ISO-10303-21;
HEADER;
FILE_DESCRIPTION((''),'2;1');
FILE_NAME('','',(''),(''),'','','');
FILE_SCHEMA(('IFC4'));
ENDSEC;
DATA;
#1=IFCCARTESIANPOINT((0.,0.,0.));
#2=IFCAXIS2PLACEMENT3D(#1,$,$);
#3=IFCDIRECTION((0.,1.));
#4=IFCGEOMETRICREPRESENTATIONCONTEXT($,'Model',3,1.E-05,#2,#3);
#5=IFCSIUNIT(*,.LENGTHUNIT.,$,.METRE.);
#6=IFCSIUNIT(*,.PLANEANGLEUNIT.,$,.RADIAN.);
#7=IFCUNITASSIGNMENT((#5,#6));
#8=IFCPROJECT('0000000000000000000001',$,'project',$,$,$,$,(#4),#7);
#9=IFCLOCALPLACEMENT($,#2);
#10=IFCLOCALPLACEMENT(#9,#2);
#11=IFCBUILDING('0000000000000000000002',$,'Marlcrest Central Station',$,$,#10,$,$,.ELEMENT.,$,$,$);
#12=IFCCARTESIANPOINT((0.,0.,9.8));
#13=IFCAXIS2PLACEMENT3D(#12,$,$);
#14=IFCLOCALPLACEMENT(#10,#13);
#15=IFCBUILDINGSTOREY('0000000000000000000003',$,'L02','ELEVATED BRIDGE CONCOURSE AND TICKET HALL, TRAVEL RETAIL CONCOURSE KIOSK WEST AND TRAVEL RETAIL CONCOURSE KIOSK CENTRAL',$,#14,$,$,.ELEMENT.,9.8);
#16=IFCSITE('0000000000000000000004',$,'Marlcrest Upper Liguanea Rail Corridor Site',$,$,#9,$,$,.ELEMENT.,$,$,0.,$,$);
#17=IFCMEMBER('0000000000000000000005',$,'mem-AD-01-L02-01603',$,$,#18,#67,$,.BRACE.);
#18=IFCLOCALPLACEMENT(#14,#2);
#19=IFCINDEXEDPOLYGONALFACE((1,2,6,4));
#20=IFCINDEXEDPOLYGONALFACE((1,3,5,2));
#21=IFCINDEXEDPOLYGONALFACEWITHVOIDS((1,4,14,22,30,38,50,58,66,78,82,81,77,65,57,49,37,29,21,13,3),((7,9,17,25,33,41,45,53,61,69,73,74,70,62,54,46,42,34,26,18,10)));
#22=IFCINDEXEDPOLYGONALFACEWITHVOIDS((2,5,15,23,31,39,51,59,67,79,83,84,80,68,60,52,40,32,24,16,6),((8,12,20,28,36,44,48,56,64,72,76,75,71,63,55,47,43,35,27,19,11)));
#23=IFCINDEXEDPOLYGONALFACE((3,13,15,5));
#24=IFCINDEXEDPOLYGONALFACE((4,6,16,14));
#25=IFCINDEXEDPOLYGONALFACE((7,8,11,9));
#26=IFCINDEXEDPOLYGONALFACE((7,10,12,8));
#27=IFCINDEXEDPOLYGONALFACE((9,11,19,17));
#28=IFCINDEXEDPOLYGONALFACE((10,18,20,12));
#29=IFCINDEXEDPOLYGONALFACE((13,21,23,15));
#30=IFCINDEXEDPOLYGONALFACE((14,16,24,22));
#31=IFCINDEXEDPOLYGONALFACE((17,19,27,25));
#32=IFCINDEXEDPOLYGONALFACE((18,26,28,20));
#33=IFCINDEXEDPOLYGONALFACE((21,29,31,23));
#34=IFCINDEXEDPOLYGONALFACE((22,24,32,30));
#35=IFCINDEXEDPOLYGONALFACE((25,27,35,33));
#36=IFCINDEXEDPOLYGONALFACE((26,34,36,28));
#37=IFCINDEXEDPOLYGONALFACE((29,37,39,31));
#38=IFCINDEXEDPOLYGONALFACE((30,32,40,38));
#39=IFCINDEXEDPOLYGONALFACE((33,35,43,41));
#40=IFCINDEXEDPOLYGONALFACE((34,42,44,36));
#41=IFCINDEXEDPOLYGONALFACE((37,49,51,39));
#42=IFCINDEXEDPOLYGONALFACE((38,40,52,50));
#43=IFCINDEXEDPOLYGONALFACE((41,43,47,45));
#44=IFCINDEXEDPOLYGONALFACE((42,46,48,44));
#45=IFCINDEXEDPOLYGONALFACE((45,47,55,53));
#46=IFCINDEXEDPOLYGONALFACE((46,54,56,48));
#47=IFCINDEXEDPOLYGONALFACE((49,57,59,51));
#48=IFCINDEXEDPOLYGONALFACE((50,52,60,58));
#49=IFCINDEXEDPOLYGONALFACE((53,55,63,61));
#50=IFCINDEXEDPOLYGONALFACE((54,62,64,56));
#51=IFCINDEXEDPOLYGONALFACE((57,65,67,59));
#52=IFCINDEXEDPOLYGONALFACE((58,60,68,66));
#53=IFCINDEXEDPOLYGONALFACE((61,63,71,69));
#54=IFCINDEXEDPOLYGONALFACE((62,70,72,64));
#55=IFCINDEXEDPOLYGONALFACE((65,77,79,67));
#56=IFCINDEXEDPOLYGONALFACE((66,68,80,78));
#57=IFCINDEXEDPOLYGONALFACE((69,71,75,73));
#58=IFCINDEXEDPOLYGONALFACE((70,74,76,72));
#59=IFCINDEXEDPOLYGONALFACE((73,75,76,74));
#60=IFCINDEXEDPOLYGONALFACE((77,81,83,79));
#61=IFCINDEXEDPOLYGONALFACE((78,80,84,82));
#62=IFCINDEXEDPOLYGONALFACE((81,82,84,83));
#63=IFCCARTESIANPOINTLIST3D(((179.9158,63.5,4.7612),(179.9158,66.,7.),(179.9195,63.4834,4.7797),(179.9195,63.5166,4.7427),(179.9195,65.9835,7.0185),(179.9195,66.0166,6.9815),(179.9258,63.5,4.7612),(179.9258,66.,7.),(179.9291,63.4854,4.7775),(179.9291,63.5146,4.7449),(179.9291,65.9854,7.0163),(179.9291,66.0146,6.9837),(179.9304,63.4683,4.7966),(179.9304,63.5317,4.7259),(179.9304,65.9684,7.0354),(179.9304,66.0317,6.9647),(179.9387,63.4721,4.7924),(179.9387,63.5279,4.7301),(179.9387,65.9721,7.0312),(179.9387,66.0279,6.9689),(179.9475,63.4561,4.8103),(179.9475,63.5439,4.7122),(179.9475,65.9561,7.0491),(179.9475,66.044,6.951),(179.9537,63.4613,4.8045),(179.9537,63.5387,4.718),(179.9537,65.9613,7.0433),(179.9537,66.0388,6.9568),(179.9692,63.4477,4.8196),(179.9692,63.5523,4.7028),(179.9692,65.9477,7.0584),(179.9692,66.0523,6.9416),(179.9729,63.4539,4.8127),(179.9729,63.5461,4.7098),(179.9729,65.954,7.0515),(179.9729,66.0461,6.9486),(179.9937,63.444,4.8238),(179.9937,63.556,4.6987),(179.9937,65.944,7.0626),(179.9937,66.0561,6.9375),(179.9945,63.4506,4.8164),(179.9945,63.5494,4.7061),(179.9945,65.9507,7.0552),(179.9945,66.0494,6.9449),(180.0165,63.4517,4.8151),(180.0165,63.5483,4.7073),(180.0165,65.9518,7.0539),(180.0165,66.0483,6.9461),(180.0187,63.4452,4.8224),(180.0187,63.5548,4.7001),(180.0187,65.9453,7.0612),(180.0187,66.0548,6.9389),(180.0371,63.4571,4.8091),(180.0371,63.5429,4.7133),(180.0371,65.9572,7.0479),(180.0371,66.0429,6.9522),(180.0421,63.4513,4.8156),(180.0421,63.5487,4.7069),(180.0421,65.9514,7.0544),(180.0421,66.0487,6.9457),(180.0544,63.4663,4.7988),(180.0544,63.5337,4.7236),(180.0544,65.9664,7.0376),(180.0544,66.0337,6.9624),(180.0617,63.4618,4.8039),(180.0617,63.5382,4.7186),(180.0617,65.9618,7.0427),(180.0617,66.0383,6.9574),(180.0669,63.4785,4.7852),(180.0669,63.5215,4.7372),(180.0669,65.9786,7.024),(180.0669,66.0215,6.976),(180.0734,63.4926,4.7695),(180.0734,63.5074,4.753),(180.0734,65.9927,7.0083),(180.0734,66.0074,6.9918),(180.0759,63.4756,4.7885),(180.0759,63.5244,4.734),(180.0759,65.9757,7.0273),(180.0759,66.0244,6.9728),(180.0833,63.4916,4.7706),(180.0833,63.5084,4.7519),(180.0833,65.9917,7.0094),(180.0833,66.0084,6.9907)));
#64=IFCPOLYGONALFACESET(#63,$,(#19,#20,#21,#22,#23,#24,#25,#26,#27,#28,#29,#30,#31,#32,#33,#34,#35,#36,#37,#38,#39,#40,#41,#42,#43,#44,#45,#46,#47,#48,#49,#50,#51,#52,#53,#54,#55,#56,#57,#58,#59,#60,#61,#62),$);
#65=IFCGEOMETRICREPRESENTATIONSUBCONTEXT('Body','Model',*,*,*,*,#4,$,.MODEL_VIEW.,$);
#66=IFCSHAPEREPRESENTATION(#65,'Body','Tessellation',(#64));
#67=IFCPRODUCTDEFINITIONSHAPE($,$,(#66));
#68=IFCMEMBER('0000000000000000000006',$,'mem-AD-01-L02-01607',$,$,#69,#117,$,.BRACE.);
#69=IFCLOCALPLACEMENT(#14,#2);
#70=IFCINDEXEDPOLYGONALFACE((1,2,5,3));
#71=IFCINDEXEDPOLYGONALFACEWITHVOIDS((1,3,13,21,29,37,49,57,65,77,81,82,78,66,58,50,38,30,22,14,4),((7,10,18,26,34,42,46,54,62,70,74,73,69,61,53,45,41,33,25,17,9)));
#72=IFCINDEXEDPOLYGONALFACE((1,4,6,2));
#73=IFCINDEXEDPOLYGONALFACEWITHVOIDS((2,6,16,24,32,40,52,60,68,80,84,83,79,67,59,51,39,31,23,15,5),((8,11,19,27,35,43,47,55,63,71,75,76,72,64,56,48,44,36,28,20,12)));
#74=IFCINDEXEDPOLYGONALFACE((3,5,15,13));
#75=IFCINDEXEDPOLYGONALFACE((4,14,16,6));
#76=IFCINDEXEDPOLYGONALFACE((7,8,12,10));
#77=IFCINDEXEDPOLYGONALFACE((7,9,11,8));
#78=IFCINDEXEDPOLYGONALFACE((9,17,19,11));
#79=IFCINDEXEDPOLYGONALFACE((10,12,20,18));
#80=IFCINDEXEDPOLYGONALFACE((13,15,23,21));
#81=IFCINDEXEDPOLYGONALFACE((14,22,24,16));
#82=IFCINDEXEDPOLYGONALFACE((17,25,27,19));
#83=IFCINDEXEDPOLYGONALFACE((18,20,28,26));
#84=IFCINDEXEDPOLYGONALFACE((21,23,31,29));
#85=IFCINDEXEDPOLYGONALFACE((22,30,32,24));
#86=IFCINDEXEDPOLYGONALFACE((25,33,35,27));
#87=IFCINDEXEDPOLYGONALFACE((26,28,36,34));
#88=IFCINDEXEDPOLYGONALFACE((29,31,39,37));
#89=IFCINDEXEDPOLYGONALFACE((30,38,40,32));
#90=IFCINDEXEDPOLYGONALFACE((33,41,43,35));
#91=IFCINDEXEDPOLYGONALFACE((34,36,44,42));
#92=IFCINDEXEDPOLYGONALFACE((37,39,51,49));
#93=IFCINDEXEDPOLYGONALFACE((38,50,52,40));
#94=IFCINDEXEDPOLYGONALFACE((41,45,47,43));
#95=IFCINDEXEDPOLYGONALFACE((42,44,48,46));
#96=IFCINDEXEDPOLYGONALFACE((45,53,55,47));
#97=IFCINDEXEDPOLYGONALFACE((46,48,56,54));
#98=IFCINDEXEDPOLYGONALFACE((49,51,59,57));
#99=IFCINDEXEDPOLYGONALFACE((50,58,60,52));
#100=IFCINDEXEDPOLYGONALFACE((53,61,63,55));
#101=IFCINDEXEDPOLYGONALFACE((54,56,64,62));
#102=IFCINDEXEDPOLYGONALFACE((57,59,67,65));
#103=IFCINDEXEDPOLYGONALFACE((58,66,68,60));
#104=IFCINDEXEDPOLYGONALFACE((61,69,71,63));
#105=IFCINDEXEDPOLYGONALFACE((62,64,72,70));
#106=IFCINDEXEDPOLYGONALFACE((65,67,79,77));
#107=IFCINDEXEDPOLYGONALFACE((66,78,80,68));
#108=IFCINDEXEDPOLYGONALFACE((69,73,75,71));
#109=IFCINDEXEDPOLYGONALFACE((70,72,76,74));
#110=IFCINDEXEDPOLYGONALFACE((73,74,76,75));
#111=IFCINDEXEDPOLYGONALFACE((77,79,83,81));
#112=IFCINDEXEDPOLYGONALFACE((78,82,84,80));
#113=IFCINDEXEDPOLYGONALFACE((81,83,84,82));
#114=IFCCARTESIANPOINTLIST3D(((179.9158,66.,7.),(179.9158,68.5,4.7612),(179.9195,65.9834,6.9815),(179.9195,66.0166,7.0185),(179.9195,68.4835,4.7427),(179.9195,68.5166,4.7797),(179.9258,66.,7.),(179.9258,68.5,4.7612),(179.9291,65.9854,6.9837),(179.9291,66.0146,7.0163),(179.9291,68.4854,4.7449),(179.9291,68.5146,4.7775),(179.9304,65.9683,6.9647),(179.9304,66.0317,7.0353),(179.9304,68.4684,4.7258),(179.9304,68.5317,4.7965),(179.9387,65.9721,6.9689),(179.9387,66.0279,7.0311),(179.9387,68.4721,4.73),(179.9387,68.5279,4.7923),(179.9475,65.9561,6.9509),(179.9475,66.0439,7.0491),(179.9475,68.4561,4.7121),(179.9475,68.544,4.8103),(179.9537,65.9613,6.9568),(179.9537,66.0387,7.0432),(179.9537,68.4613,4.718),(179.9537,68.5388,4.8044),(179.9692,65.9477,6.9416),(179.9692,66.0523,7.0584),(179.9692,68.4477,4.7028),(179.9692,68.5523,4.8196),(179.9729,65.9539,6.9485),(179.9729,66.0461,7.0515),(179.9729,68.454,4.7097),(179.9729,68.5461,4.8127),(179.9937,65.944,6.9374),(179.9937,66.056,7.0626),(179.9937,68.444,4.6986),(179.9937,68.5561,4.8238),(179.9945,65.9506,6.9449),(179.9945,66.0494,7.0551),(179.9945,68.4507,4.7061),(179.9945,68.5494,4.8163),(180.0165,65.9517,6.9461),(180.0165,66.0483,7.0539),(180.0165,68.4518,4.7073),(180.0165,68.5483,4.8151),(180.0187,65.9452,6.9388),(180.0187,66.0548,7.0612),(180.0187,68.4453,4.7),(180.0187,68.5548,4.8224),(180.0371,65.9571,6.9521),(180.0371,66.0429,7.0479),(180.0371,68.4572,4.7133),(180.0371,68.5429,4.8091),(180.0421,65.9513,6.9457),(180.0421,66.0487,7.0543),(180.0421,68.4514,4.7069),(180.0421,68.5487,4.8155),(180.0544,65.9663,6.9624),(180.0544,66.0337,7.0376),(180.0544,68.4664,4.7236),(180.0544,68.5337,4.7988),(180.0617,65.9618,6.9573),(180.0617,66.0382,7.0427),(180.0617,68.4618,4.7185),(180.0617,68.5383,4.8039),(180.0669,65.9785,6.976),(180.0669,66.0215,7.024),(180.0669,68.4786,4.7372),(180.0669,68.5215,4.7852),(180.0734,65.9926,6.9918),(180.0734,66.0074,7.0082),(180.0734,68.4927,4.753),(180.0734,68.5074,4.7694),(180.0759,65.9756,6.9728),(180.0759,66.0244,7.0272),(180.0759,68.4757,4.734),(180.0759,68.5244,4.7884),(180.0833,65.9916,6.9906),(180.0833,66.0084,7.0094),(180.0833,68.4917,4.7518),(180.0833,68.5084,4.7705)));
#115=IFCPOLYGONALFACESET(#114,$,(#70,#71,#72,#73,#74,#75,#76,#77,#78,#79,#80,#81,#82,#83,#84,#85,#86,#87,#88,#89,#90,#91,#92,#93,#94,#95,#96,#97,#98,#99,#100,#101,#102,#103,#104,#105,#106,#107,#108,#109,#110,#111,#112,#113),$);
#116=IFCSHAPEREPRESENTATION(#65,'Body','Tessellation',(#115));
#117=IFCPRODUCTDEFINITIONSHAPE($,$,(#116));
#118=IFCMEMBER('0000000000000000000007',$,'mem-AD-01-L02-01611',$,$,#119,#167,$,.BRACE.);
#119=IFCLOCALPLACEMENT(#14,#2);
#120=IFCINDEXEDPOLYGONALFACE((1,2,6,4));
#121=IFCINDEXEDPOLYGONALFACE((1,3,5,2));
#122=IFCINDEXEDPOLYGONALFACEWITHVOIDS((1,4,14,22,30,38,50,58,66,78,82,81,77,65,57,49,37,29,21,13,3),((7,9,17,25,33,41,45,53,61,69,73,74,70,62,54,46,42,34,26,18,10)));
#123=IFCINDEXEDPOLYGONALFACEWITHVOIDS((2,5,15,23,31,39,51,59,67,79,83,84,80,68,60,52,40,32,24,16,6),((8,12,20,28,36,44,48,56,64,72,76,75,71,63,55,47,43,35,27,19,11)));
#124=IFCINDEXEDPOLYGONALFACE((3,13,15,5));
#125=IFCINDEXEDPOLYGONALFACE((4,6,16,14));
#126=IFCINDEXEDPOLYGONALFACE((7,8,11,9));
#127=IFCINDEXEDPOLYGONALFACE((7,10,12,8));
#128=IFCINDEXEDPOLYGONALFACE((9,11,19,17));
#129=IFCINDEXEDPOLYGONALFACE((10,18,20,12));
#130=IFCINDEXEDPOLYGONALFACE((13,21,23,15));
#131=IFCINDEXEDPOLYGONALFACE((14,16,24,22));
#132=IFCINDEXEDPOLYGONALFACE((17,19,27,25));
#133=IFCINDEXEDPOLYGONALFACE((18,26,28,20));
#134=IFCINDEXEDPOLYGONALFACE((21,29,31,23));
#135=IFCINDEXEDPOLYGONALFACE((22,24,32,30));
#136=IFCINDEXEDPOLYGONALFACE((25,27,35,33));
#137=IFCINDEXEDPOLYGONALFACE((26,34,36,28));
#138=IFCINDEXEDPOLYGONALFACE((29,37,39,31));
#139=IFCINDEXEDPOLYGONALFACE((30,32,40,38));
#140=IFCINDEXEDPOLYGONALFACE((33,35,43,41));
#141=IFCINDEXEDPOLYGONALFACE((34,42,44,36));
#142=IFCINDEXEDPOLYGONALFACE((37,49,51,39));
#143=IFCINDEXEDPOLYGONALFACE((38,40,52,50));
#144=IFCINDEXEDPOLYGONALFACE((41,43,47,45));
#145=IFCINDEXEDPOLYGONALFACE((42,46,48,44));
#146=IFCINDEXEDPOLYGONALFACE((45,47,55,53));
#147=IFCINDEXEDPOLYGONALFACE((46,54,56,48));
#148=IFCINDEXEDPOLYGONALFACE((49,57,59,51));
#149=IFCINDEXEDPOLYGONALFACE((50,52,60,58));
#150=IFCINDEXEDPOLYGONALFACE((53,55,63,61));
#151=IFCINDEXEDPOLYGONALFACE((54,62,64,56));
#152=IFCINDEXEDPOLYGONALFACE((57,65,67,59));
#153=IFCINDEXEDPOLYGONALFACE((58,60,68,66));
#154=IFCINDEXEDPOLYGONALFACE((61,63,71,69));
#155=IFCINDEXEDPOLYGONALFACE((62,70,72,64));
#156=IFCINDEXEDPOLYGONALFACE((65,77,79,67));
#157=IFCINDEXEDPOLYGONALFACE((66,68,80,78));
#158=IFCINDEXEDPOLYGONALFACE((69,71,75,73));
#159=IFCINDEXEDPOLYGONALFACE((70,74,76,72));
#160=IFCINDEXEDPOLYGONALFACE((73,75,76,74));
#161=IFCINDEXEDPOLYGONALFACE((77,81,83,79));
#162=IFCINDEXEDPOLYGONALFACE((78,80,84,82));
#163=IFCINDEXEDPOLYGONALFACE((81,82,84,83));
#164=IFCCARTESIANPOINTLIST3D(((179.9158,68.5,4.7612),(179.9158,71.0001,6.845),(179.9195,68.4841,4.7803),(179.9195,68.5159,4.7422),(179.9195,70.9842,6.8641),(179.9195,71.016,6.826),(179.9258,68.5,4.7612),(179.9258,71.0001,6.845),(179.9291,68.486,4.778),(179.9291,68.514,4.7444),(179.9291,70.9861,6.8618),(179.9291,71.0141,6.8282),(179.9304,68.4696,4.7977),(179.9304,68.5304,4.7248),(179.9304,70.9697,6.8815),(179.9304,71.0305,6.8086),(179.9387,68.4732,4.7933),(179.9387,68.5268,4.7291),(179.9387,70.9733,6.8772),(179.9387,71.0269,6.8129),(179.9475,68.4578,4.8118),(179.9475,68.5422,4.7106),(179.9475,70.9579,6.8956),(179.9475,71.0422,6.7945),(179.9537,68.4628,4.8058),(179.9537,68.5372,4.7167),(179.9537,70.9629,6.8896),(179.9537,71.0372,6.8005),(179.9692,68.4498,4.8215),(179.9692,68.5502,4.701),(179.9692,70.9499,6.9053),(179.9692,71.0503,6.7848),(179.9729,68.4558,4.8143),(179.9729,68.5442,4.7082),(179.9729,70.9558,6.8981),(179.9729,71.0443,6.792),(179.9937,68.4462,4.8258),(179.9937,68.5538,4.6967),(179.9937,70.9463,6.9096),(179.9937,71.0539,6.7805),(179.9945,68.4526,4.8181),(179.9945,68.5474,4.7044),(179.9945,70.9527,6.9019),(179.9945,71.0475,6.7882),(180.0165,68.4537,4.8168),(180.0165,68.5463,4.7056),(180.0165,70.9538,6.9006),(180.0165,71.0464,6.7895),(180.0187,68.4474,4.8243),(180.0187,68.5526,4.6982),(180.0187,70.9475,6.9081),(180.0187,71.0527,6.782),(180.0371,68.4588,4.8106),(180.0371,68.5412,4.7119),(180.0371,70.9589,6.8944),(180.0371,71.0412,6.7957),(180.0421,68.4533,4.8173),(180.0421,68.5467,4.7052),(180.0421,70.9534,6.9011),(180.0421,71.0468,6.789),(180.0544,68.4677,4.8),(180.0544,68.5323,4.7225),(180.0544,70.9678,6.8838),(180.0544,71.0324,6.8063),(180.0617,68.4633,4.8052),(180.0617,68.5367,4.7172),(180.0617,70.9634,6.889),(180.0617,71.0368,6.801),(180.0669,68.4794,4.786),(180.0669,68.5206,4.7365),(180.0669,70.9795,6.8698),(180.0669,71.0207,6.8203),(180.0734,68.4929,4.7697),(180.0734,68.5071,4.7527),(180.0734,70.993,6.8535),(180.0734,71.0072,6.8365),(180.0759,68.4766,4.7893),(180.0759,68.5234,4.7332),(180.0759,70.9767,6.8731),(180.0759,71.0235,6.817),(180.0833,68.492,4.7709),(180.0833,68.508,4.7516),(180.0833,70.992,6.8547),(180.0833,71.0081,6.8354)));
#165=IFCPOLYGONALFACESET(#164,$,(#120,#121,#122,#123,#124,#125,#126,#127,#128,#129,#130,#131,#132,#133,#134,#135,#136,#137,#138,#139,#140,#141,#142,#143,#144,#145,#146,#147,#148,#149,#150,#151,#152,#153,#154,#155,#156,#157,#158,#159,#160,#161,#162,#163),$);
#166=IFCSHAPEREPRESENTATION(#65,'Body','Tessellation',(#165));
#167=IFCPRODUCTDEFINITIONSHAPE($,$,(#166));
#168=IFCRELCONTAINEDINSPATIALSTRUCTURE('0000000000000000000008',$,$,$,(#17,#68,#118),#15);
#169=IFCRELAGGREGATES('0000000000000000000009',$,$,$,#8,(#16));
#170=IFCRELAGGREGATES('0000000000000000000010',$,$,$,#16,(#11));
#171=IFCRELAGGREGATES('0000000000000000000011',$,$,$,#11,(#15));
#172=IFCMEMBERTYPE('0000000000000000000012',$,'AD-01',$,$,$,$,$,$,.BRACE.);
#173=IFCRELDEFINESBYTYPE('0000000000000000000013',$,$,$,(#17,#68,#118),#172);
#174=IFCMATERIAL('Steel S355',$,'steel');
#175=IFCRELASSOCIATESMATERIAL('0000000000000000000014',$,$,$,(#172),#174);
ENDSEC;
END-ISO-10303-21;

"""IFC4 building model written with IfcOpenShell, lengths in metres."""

from ifc_helpers import new_model, si_unit, direction, frame, origin, origin_2d, place, context, subcontext, project, spatial, hollow_circle, extrude, material, material_profile, profile_set, type_object, element, save


model = new_model("IFC4")

# Units and contexts
model_context = context("Model", 3, precision=1e-05, world=origin(), true_north=direction((0.0, 1.0)))
body_context = subcontext(model_context, "Body", "Model", "MODEL_VIEW")
ifc_project = project(units=[si_unit("LENGTHUNIT", "METRE"), si_unit("PLANEANGLEUNIT", "RADIAN")], contexts=[model_context])

# Site, building, storey
site_placement = place(None, origin())
site = spatial("IfcSite", under=ifc_project, at=site_placement, Name="Marlcrest Upper Liguanea Rail Corridor Site", CompositionType="ELEMENT", RefElevation=0.0)
building_placement = place(site_placement, origin())
building = spatial("IfcBuilding", under=site, at=building_placement, Name="Marlcrest Central Station", CompositionType="ELEMENT")
storey_placement = place(building_placement, frame((0.0, 0.0, 9.8)))
storey = spatial("IfcBuildingStorey", under=building, at=storey_placement, Name="L02", Description="ELEVATED BRIDGE CONCOURSE AND TICKET HALL, TRAVEL RETAIL CONCOURSE KIOSK WEST AND TRAVEL RETAIL CONCOURSE KIOSK CENTRAL", CompositionType="ELEMENT", Elevation=9.8)

# Members
ifc_material = material(Name="Steel S355", Category="steel")
ifc_material_profile_1 = material_profile(ifc_material, hollow_circle(Radius=0.0842, WallThickness=0.01, at=origin_2d()), Name="CHS 168.3x10")
ifc_profile_set_1 = profile_set([ifc_material_profile_1], Name="Steel S355")
member_type_1 = type_object("IfcMemberType", Name="AD-01", PredefinedType="BRACE", material=ifc_profile_set_1)
for number, where, z_axis, x_axis, name in (
    (1, (180.0, 63.5, 4.7612), (0.0, 0.744956, 0.667114), (-1.0, 0.0, 0.0), "mem-AD-01-L02-01603"),
    (2, (180.0, 66.0, 7.0), (0.0, 0.744956, -0.667114), (-1.0, 0.0, 0.0), "mem-AD-01-L02-01607"),
):
    element("IfcMember", number, at=place(storey_placement, frame(where, z_axis=z_axis, x_axis=x_axis)), inside=storey, type_object=member_type_1, Name=name, PredefinedType="BRACE", context=body_context, shape_type="SweptSolid", body=[
        extrude(hollow_circle(Radius=0.0842, WallThickness=0.01, at=origin_2d()), origin(), (0.0, 0.0, 1.0), 3.356),
    ])
member_1_placement = place(storey_placement, frame((180.0, 68.5, 4.7612), z_axis=(0.0, 0.76816, 0.640258), x_axis=(-1.0, 0.0, 0.0)))
element("IfcMember", 3, at=member_1_placement, inside=storey, type_object=member_type_1, Name="mem-AD-01-L02-01611", PredefinedType="BRACE", context=body_context, shape_type="SweptSolid", body=[
    extrude(hollow_circle(Radius=0.0842, WallThickness=0.01, at=origin_2d()), origin(), (0.0, 0.0, 1.0), 3.2546),
])

save(model, "model.ifc")
